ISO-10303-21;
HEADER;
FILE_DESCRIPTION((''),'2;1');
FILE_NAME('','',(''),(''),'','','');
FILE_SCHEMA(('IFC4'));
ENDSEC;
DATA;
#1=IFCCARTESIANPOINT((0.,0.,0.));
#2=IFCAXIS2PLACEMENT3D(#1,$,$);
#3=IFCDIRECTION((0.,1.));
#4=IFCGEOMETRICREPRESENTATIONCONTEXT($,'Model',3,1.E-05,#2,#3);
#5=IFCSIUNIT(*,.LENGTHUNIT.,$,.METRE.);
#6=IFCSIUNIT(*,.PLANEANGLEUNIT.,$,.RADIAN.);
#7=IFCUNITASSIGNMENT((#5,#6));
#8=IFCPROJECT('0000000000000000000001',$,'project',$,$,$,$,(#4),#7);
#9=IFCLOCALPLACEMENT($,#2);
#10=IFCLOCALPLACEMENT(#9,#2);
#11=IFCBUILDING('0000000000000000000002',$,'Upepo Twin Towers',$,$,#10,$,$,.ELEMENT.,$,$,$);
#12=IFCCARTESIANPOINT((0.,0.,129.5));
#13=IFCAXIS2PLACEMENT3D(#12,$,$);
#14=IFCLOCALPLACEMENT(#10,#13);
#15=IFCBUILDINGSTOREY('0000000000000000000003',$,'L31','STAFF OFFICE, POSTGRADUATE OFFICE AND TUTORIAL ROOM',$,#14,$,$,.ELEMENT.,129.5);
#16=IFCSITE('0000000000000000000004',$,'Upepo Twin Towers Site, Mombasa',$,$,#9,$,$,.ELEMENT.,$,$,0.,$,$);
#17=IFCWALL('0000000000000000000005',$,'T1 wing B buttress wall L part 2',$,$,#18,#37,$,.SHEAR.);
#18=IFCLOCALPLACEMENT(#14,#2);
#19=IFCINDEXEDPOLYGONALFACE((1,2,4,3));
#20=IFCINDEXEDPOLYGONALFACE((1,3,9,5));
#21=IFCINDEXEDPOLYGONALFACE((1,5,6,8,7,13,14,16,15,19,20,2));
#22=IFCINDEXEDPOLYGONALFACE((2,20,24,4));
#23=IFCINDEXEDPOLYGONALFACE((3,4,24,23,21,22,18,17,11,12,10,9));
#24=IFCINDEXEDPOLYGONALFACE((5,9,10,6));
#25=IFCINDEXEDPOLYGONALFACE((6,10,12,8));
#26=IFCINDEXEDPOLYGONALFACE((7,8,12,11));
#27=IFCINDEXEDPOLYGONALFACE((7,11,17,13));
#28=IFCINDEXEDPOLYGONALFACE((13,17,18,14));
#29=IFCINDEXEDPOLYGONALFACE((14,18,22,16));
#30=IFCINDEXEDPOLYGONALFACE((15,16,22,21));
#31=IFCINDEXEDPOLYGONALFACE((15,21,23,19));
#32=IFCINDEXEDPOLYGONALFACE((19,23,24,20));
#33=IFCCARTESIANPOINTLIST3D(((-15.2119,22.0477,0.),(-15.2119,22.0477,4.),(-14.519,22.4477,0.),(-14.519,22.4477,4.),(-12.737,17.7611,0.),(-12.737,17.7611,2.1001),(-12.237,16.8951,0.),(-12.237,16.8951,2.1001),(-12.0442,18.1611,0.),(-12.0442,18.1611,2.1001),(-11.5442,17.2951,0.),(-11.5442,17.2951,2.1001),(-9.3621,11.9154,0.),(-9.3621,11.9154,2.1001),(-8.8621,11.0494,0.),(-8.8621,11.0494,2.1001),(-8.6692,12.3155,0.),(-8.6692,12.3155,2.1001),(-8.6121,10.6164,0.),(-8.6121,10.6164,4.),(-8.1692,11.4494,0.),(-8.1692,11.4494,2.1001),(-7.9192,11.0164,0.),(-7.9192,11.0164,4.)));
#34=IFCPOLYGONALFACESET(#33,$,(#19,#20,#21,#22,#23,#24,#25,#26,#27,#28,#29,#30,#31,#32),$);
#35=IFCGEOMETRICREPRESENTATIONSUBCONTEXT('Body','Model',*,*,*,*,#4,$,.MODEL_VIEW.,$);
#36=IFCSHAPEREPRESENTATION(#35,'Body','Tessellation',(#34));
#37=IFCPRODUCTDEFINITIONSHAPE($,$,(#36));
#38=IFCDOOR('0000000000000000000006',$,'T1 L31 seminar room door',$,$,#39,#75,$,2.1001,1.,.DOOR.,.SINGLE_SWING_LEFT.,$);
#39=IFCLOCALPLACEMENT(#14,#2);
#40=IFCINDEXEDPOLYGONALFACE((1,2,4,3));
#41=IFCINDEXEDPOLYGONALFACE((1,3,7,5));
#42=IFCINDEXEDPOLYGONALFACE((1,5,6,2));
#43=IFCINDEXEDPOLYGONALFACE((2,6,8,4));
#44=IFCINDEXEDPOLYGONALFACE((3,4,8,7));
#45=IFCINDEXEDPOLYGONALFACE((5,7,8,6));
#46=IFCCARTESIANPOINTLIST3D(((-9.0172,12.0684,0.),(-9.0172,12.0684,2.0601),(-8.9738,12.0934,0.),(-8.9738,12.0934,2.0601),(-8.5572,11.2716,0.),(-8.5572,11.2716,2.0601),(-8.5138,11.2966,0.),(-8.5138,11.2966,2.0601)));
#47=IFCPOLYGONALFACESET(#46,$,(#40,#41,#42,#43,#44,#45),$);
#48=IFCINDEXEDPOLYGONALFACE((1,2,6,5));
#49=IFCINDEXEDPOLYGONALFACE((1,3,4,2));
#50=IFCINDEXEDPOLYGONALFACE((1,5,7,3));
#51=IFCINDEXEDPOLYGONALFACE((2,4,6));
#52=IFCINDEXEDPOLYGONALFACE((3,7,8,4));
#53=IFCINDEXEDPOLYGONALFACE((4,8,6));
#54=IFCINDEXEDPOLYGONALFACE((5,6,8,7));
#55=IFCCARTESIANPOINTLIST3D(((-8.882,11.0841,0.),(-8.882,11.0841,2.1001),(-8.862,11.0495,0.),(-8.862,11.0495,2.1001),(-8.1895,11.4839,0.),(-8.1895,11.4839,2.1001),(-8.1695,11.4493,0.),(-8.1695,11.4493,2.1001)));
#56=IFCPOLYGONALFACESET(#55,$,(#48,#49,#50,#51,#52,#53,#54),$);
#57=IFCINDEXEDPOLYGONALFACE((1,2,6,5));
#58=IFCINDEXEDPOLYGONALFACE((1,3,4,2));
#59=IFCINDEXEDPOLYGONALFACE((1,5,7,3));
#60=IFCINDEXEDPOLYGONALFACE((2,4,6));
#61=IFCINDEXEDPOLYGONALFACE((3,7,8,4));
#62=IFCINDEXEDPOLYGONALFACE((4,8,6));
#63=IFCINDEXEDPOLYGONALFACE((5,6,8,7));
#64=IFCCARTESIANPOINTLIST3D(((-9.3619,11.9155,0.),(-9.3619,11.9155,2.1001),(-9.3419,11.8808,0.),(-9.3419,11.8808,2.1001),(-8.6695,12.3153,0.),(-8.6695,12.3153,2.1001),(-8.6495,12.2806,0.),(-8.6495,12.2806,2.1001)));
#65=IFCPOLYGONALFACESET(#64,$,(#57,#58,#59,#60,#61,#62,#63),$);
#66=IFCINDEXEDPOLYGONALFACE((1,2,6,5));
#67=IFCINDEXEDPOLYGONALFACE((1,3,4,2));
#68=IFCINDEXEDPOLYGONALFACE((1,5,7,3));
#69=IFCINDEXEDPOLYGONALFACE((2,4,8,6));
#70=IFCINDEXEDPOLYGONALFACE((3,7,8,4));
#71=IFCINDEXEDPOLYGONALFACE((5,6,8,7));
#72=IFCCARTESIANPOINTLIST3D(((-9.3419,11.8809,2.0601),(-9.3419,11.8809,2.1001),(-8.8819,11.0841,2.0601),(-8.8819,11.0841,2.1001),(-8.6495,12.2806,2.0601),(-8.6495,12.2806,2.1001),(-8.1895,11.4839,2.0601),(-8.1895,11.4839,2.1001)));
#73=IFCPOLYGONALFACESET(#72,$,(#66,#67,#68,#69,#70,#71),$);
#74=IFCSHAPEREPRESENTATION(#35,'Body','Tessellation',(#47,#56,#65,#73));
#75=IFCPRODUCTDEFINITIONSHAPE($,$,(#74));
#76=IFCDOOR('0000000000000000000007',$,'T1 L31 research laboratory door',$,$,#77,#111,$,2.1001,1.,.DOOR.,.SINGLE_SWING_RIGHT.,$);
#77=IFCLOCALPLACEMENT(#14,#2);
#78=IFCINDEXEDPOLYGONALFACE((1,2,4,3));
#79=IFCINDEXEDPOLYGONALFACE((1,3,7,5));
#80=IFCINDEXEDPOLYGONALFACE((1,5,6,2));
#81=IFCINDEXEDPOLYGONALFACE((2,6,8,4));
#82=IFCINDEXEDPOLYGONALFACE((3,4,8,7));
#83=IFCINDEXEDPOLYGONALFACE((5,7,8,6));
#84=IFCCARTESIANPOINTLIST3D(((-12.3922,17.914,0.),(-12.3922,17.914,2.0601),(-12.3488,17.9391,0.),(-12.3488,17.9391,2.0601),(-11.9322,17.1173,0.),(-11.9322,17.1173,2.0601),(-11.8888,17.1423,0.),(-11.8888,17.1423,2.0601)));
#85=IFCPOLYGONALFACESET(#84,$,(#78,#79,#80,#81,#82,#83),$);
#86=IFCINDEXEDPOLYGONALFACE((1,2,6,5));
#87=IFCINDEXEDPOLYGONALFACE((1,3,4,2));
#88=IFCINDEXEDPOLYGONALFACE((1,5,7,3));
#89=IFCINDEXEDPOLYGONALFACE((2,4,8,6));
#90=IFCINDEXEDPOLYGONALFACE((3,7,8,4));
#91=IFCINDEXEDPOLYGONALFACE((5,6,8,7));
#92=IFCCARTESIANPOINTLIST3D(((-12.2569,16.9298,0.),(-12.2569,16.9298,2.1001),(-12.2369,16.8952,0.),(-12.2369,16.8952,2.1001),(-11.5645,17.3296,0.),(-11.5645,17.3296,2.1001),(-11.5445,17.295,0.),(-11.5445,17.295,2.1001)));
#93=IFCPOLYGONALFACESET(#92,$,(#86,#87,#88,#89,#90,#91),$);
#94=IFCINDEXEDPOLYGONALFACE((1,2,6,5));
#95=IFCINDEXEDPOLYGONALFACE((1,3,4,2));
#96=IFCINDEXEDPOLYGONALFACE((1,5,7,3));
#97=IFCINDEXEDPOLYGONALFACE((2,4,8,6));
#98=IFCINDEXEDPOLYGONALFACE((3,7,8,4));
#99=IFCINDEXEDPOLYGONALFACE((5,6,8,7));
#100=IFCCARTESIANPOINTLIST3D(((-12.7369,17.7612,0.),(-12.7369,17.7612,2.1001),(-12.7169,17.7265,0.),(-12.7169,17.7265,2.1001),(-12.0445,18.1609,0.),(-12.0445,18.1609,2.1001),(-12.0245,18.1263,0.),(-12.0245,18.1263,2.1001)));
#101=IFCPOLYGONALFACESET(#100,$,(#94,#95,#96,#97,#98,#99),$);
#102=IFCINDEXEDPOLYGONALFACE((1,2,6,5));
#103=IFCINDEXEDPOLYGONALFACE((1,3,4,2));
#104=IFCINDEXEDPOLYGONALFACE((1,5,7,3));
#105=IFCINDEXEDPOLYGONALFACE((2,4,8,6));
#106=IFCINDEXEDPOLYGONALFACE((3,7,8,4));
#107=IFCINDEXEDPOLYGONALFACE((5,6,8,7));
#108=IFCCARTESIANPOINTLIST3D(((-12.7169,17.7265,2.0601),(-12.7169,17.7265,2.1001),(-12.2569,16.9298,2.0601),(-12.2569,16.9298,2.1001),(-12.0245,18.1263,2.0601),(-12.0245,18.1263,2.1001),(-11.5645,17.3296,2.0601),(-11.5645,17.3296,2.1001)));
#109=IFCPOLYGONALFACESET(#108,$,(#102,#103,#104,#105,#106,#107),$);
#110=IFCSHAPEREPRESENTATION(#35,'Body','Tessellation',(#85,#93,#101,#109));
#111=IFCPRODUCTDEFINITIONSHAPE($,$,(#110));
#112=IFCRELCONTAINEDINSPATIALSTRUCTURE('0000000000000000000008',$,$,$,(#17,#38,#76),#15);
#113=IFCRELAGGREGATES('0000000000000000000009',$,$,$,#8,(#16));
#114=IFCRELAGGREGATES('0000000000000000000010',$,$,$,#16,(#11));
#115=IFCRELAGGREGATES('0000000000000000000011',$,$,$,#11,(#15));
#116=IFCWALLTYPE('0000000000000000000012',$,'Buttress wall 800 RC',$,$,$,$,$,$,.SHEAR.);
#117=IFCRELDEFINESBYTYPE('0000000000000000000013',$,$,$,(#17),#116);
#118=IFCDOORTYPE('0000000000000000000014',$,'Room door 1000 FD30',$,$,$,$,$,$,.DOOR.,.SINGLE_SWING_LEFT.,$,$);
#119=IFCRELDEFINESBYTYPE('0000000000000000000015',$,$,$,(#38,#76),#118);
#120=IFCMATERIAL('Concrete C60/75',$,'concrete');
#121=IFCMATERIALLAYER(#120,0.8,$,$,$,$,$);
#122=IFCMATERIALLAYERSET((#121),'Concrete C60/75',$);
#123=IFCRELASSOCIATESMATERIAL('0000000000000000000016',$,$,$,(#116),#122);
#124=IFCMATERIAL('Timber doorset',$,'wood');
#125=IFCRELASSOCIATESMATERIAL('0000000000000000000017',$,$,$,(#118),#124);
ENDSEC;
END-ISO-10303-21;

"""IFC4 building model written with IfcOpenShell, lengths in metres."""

from ifc_helpers import new_model, si_unit, direction, frame, frame_2d, origin, place, context, subcontext, project, spatial, rectangle, extrude, material, layer, layer_set, type_object, element, fill, save


model = new_model("IFC4")

# Units and contexts
model_context = context("Model", 3, precision=1e-05, world=origin(), true_north=direction((0.0, 1.0)))
body_context = subcontext(model_context, "Body", "Model", "MODEL_VIEW")
ifc_project = project(units=[si_unit("LENGTHUNIT", "METRE"), si_unit("PLANEANGLEUNIT", "RADIAN")], contexts=[model_context])

# Site, building, storey
site_placement = place(None, origin())
site = spatial("IfcSite", under=ifc_project, at=site_placement, Name="Upepo Twin Towers Site, Mombasa", CompositionType="ELEMENT", RefElevation=0.0)
building_placement = place(site_placement, origin())
building = spatial("IfcBuilding", under=site, at=building_placement, Name="Upepo Twin Towers", CompositionType="ELEMENT")
storey_placement = place(building_placement, frame((0.0, 0.0, 129.5)))
storey = spatial("IfcBuildingStorey", under=building, at=storey_placement, Name="L31", Description="STAFF OFFICE, POSTGRADUATE OFFICE AND TUTORIAL ROOM", CompositionType="ELEMENT", Elevation=129.5)

# Wall, openings, doors
ifc_material_1 = material(Name="Concrete C60/75", Category="concrete")
ifc_layer_1 = layer(ifc_material_1, 0.8)
ifc_layer_set_1 = layer_set([ifc_layer_1], Name="Concrete C60/75")
wall_type_1 = type_object("IfcWallType", Name="Buttress wall 800 RC", PredefinedType="SHEAR", material=ifc_layer_set_1)
wall_1_placement = place(storey_placement, frame((-8.2656, 10.8164, 0.0), z_axis=(0.0, 0.0, 1.0), x_axis=(-0.499996, 0.866028, 0.0)))
wall_1 = element("IfcWall", 1, at=wall_1_placement, inside=storey, type_object=wall_type_1, Name="T1 wing B buttress wall L part 2", PredefinedType="SHEAR", context=body_context, shape_type="SweptSolid", body=[
    extrude(rectangle(XDim=13.1997, YDim=0.8, at=frame_2d((6.5999, 0.0))), origin(), (0.0, 0.0, 1.0), 4.0),
])
opening_1_placement = place(wall_1_placement, frame((0.5, 0.0, 0.0)))
opening_1 = element("IfcOpeningElement", 2, at=opening_1_placement, cuts=wall_1, PredefinedType="OPENING", context=body_context, shape_type="SweptSolid", body=[
    extrude(rectangle(XDim=1.0, YDim=2.1001, at=frame_2d((0.5, 1.05))), frame((0.0, 0.4099, 0.0), z_axis=(0.0, -1.0, 0.0), x_axis=(1.0, 0.0, 0.0)), (0.0, 0.0, 1.0), 0.8201),
])
opening_2_placement = place(wall_1_placement, frame((7.25, 0.0, 0.0)))
opening_2 = element("IfcOpeningElement", 3, at=opening_2_placement, cuts=wall_1, PredefinedType="OPENING", context=body_context, shape_type="SweptSolid", body=[
    extrude(rectangle(XDim=1.0, YDim=2.1001, at=frame_2d((0.5, 1.05))), frame((0.0, 0.4099, 0.0), z_axis=(0.0, -1.0, 0.0), x_axis=(1.0, 0.0, 0.0)), (0.0, 0.0, 1.0), 0.8201),
])
ifc_material_2 = material(Name="Timber doorset", Category="wood")
door_type_1 = type_object("IfcDoorType", Name="Room door 1000 FD30", OperationType="SINGLE_SWING_LEFT", PredefinedType="DOOR", material=ifc_material_2)
door_1_placement = place(opening_1_placement, origin())
door_1 = element("IfcDoor", 4, at=door_1_placement, inside=storey, type_object=door_type_1, Name="T1 L31 seminar room door", OperationType="SINGLE_SWING_LEFT", OverallHeight=2.1001, OverallWidth=1.0, PredefinedType="DOOR", context=body_context, shape_type="SweptSolid", body=[
    extrude(rectangle(XDim=0.92, YDim=2.0601, at=frame_2d((0.5, 1.03))), frame((0.0, 0.0249, 0.0), z_axis=(0.0, -1.0, 0.0), x_axis=(1.0, 0.0, 0.0)), (0.0, 0.0, 1.0), 0.05),
    extrude(rectangle(XDim=0.04, YDim=2.1001, at=frame_2d((0.02, 1.05))), frame((0.0, 0.3999, 0.0), z_axis=(0.0, -1.0, 0.0), x_axis=(1.0, 0.0, 0.0)), (0.0, 0.0, 1.0), 0.7996),
    extrude(rectangle(XDim=0.04, YDim=2.1001, at=frame_2d((0.98, 1.05))), frame((0.0, 0.3999, 0.0), z_axis=(0.0, -1.0, 0.0), x_axis=(1.0, 0.0, 0.0)), (0.0, 0.0, 1.0), 0.7996),
    extrude(rectangle(XDim=0.92, YDim=0.04, at=frame_2d((0.5, 2.0801))), frame((0.0, 0.3999, 0.0), z_axis=(0.0, -1.0, 0.0), x_axis=(1.0, 0.0, 0.0)), (0.0, 0.0, 1.0), 0.7996),
])
fill(opening_1, door_1)
door_2_placement = place(opening_2_placement, origin())
door_2 = element("IfcDoor", 5, at=door_2_placement, inside=storey, type_object=door_type_1, Name="T1 L31 research laboratory door", OperationType="SINGLE_SWING_RIGHT", OverallHeight=2.1001, OverallWidth=1.0, PredefinedType="DOOR", context=body_context, shape_type="SweptSolid", body=[
    extrude(rectangle(XDim=0.92, YDim=2.0601, at=frame_2d((0.5, 1.03))), frame((0.0, 0.0249, 0.0), z_axis=(0.0, -1.0, 0.0), x_axis=(1.0, 0.0, 0.0)), (0.0, 0.0, 1.0), 0.05),
    extrude(rectangle(XDim=0.04, YDim=2.1001, at=frame_2d((0.02, 1.05))), frame((0.0, 0.3999, 0.0), z_axis=(0.0, -1.0, 0.0), x_axis=(1.0, 0.0, 0.0)), (0.0, 0.0, 1.0), 0.7996),
    extrude(rectangle(XDim=0.04, YDim=2.1001, at=frame_2d((0.98, 1.05))), frame((0.0, 0.3999, 0.0), z_axis=(0.0, -1.0, 0.0), x_axis=(1.0, 0.0, 0.0)), (0.0, 0.0, 1.0), 0.7996),
    extrude(rectangle(XDim=0.92, YDim=0.04, at=frame_2d((0.5, 2.0801))), frame((0.0, 0.3999, 0.0), z_axis=(0.0, -1.0, 0.0), x_axis=(1.0, 0.0, 0.0)), (0.0, 0.0, 1.0), 0.7996),
])
fill(opening_2, door_2)

save(model, "model.ifc")
